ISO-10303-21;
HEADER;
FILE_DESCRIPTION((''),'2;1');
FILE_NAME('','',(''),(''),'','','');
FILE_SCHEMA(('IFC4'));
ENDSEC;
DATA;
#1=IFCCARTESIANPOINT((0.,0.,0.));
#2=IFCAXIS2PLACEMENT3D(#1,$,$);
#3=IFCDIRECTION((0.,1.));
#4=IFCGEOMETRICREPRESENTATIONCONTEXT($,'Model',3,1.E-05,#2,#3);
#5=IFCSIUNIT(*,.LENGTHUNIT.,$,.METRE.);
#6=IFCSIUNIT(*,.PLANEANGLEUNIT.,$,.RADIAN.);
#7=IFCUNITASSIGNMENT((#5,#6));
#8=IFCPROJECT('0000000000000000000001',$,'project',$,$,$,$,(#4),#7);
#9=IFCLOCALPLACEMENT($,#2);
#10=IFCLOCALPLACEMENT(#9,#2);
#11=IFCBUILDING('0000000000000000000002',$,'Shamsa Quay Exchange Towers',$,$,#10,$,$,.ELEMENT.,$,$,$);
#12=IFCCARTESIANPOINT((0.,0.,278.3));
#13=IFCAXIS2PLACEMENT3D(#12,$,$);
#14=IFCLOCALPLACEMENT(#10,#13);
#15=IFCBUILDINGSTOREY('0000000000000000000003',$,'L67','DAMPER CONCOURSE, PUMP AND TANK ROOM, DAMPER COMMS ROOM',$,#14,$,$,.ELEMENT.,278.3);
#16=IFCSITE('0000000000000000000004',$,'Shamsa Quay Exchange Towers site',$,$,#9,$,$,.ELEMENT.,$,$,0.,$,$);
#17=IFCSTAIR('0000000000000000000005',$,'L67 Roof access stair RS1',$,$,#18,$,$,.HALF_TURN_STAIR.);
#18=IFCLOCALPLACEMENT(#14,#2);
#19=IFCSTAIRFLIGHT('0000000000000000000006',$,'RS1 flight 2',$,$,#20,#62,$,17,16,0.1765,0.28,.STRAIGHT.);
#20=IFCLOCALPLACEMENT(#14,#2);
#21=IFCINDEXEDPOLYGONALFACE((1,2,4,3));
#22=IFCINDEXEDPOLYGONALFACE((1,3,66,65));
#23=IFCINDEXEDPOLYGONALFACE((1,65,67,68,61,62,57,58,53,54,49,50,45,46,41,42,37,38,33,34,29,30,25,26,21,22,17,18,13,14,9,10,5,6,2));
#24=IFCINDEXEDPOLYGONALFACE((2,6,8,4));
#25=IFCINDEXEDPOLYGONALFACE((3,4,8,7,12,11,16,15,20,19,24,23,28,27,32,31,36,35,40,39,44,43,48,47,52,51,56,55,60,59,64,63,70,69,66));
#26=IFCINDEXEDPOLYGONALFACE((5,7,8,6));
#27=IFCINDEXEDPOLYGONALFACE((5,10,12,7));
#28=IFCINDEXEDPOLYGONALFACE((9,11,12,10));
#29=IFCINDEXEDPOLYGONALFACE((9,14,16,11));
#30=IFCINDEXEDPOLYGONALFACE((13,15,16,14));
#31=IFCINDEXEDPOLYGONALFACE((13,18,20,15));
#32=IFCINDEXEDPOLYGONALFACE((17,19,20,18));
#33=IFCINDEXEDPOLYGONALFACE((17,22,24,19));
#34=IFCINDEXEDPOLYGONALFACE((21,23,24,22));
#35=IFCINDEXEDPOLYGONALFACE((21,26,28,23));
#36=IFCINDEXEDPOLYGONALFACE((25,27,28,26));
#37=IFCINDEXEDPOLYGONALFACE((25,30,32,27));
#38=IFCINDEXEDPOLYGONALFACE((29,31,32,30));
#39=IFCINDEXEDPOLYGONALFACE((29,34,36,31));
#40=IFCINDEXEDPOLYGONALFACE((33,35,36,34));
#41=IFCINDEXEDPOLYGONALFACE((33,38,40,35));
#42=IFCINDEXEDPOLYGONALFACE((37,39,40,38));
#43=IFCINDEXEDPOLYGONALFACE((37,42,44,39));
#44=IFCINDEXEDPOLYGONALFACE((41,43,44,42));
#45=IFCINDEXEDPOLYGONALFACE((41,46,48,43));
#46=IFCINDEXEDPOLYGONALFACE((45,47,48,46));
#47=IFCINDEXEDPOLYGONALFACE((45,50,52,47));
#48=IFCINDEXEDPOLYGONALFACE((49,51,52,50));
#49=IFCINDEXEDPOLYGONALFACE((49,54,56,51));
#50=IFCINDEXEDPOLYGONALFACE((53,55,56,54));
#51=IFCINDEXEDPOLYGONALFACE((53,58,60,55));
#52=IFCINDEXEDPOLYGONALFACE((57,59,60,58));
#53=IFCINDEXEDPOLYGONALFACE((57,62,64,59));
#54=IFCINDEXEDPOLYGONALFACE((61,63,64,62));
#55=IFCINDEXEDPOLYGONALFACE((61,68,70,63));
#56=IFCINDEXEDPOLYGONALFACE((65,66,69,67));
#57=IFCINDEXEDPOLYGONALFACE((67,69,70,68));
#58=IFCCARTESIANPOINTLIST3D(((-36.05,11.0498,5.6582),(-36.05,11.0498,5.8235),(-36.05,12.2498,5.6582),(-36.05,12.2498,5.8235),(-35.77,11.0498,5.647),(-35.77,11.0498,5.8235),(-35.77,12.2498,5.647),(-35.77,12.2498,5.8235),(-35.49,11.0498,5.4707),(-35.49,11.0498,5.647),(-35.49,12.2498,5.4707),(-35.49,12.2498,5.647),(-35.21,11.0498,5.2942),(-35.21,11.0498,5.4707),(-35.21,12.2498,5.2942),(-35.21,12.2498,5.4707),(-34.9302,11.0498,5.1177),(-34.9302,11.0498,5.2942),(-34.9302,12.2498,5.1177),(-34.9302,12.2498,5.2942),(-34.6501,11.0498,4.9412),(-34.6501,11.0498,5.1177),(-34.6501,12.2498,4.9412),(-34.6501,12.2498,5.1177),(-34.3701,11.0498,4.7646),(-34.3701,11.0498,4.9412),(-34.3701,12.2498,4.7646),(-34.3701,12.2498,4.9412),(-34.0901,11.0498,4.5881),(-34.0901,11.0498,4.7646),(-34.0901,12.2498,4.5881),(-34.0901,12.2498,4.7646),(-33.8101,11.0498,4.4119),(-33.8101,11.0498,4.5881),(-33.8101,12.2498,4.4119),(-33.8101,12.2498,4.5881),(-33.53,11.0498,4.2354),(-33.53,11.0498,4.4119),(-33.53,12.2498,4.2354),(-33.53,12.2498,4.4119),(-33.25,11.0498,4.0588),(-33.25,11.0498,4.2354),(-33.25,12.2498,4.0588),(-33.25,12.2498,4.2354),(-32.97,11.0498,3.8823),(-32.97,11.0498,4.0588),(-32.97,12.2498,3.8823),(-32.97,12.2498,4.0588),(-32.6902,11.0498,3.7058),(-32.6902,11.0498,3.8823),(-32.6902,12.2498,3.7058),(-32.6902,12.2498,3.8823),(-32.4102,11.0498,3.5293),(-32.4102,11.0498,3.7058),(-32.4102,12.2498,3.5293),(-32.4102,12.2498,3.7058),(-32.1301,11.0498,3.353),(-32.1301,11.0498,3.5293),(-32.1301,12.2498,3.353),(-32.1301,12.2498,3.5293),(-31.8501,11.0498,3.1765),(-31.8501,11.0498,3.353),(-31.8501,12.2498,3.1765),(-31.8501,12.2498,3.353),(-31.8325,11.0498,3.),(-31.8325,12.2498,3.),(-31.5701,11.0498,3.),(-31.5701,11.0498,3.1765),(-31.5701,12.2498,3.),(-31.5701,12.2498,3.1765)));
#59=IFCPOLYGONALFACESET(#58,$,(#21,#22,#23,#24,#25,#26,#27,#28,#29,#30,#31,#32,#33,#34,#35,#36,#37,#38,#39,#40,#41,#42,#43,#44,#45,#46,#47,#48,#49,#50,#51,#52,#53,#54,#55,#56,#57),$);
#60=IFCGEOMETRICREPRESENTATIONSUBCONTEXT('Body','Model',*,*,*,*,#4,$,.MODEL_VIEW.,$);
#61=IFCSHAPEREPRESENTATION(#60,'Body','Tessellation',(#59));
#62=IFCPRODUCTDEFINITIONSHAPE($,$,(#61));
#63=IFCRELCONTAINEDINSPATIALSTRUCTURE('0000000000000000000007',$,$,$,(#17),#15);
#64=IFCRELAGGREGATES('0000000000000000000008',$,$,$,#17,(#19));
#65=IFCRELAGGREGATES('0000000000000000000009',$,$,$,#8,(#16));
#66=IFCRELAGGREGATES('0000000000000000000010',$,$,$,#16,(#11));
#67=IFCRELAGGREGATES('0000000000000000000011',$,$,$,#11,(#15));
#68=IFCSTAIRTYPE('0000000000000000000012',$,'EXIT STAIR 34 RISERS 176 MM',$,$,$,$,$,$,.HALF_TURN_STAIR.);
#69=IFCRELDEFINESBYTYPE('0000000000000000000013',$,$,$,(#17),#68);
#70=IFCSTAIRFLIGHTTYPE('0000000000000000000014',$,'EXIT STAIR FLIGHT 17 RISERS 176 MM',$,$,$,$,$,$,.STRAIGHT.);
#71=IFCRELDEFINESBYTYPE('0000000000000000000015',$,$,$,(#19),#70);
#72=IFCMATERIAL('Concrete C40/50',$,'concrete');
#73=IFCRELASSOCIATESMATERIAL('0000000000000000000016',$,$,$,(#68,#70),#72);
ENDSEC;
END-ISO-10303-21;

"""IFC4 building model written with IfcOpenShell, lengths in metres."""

from ifc_helpers import new_model, si_unit, direction, frame, origin, place, context, subcontext, project, spatial, polyline, outline, extrude, material, type_object, element, aggregate, save


model = new_model("IFC4")

# Units and contexts
model_context = context("Model", 3, precision=1e-05, world=origin(), true_north=direction((0.0, 1.0)))
body_context = subcontext(model_context, "Body", "Model", "MODEL_VIEW")
ifc_project = project(units=[si_unit("LENGTHUNIT", "METRE"), si_unit("PLANEANGLEUNIT", "RADIAN")], contexts=[model_context])

# Site, building, storey
site_placement = place(None, origin())
site = spatial("IfcSite", under=ifc_project, at=site_placement, Name="Shamsa Quay Exchange Towers site", CompositionType="ELEMENT", RefElevation=0.0)
building_placement = place(site_placement, origin())
building = spatial("IfcBuilding", under=site, at=building_placement, Name="Shamsa Quay Exchange Towers", CompositionType="ELEMENT")
storey_placement = place(building_placement, frame((0.0, 0.0, 278.3)))
storey = spatial("IfcBuildingStorey", under=building, at=storey_placement, Name="L67", Description="DAMPER CONCOURSE, PUMP AND TANK ROOM, DAMPER COMMS ROOM", CompositionType="ELEMENT", Elevation=278.3)

# Stair, stair flight
ifc_material_1 = material(Name="Concrete C40/50", Category="concrete")
stair_type = type_object("IfcStairType", Name="EXIT STAIR 34 RISERS 176 MM", PredefinedType="HALF_TURN_STAIR", material=ifc_material_1)
stair_placement = place(storey_placement, origin())
stair = element("IfcStair", 1, at=stair_placement, inside=storey, type_object=stair_type, Name="L67 Roof access stair RS1", PredefinedType="HALF_TURN_STAIR")
stair_flight_type = type_object("IfcStairFlightType", Name="EXIT STAIR FLIGHT 17 RISERS 176 MM", PredefinedType="STRAIGHT", material=ifc_material_1)
stair_flight_placement = place(storey_placement, frame((-31.5701, 11.6499, 3.0), z_axis=(0.0, 0.0, 1.0), x_axis=(-1.0, 0.0, 0.0)))
stair_flight = element("IfcStairFlight", 2, at=stair_flight_placement, type_object=stair_flight_type, Name="RS1 flight 2", NumberOfRisers=17, NumberOfTreads=16, PredefinedType="STRAIGHT", RiserHeight=0.1765, TreadLength=0.28, context=body_context, shape_type="SweptSolid", body=[
    extrude(outline(polyline([(0.0, 0.0), (0.0, 0.1765), (0.28, 0.1765), (0.28, 0.353), (0.5601, 0.353), (0.5601, 0.5293), (0.8401, 0.5293), (0.8401, 0.7058), (1.1201, 0.7058), (1.1201, 0.8823), (1.3999, 0.8823), (1.3999, 1.0588), (1.6799, 1.0588), (1.6799, 1.2354), (1.96, 1.2354), (1.96, 1.4119), (2.24, 1.4119), (2.24, 1.5881), (2.52, 1.5881), (2.52, 1.7646), (2.8, 1.7646), (2.8, 1.9412), (3.0801, 1.9412), (3.0801, 2.1177), (3.3601, 2.1177), (3.3601, 2.2942), (3.6399, 2.2942), (3.6399, 2.4707), (3.9199, 2.4707), (3.9199, 2.647), (4.2, 2.647), (4.2, 2.8235), (4.48, 2.8235), (4.48, 3.0), (4.48, 2.6582), (0.2625, 0.0), (0.0, 0.0)])), frame((0.0, 0.6001, 0.0), z_axis=(0.0, -1.0, 0.0), x_axis=(1.0, 0.0, 0.0)), (0.0, 0.0, 1.0), 1.2),
])
aggregate(stair, [stair_flight])

save(model, "model.ifc")
